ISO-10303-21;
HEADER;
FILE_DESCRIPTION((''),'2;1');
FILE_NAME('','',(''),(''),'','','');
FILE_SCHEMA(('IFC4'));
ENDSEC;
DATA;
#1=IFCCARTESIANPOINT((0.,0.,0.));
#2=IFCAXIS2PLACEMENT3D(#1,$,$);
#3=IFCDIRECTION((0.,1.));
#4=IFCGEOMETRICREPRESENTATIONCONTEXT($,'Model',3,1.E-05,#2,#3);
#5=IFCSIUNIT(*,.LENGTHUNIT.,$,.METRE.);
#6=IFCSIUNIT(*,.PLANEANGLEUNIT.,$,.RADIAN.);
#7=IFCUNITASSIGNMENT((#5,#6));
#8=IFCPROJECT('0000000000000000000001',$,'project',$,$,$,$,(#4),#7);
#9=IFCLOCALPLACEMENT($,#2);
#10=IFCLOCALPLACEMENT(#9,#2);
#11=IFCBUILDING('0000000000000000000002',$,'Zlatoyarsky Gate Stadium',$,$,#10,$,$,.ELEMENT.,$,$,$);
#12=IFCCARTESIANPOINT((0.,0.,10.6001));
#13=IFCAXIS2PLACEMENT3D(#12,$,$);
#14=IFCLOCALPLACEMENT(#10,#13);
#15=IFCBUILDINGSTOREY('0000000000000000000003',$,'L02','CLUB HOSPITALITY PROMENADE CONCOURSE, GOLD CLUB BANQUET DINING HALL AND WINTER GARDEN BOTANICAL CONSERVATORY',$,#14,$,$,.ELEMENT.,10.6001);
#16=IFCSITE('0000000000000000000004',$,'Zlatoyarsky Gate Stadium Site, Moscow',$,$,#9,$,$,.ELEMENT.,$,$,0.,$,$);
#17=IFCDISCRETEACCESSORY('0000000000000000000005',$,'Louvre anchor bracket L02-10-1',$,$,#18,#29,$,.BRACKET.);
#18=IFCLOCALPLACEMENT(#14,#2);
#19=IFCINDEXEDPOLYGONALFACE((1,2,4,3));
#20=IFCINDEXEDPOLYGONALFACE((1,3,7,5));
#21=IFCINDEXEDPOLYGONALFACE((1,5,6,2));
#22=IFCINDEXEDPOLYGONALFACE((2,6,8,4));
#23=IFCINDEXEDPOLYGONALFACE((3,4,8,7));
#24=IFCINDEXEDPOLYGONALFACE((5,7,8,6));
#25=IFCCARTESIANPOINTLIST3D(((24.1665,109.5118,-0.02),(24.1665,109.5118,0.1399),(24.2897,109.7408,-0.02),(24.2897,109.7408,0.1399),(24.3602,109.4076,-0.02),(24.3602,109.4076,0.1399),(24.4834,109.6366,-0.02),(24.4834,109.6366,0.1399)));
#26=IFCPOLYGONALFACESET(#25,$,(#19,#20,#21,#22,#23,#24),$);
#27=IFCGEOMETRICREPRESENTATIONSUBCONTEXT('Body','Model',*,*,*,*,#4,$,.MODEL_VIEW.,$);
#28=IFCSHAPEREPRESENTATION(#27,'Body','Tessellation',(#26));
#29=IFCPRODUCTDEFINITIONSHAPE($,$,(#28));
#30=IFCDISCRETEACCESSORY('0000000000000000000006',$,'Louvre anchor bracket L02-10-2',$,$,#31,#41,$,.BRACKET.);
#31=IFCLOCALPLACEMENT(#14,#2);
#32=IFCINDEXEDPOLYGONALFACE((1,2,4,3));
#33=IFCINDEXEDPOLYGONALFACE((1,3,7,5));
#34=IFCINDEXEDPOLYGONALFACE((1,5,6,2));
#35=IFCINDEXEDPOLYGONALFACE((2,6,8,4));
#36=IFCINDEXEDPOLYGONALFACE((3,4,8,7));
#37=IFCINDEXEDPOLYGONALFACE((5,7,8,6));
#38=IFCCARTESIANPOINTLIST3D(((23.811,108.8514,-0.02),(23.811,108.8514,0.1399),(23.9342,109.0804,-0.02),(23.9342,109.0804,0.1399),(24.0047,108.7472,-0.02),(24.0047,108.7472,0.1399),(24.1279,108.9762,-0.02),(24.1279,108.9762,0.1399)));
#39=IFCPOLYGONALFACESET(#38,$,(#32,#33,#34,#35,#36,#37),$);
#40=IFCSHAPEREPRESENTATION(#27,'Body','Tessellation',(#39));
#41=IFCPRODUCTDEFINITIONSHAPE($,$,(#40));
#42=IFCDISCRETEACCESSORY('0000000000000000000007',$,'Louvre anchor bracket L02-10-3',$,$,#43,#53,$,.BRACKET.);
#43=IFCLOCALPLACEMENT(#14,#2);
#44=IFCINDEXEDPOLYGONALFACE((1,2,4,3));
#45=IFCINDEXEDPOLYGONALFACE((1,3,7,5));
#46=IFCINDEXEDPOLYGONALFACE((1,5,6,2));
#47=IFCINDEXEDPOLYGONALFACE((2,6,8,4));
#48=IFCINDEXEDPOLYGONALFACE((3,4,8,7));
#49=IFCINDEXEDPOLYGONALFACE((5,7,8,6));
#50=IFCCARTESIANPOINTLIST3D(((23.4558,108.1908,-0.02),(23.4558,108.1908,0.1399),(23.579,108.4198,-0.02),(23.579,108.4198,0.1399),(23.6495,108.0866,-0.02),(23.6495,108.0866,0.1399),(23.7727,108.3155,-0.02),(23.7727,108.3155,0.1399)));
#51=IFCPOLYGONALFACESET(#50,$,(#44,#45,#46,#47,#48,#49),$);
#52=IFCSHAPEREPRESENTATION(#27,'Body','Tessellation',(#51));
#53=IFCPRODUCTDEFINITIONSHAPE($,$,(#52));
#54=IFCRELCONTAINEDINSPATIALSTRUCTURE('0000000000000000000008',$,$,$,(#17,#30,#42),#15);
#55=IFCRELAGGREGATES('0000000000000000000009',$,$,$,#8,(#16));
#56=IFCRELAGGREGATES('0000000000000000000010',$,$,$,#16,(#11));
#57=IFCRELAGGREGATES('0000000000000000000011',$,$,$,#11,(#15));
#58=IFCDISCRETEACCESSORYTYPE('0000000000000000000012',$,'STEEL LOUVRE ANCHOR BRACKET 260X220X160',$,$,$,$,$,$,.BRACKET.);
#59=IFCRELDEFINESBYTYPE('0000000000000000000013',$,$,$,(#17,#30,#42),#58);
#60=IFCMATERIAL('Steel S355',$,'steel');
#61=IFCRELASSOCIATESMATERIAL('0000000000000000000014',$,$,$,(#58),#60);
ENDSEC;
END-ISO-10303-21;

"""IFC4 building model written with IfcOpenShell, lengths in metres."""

from ifc_helpers import new_model, si_unit, direction, frame, origin, origin_2d, place, context, subcontext, project, spatial, rectangle, extrude, material, type_object, element, save


model = new_model("IFC4")

# Units and contexts
model_context = context("Model", 3, precision=1e-05, world=origin(), true_north=direction((0.0, 1.0)))
body_context = subcontext(model_context, "Body", "Model", "MODEL_VIEW")
ifc_project = project(units=[si_unit("LENGTHUNIT", "METRE"), si_unit("PLANEANGLEUNIT", "RADIAN")], contexts=[model_context])

# Site, building, storey
site_placement = place(None, origin())
site = spatial("IfcSite", under=ifc_project, at=site_placement, Name="Zlatoyarsky Gate Stadium Site, Moscow", CompositionType="ELEMENT", RefElevation=0.0)
building_placement = place(site_placement, origin())
building = spatial("IfcBuilding", under=site, at=building_placement, Name="Zlatoyarsky Gate Stadium", CompositionType="ELEMENT")
storey_placement = place(building_placement, frame((0.0, 0.0, 10.6001)))
storey = spatial("IfcBuildingStorey", under=building, at=storey_placement, Name="L02", Description="CLUB HOSPITALITY PROMENADE CONCOURSE, GOLD CLUB BANQUET DINING HALL AND WINTER GARDEN BOTANICAL CONSERVATORY", CompositionType="ELEMENT", Elevation=10.6001)

# Shared definitions
ifc_material_1 = material(Name="Steel S355", Category="steel")

# Discrete accessories
discrete_accessory_type = type_object("IfcDiscreteAccessoryType", Name="STEEL LOUVRE ANCHOR BRACKET 260X220X160", PredefinedType="BRACKET", material=ifc_material_1)
for number, where, z_axis, x_axis, name in (
    (1, (24.325, 109.5742, -0.02), (0.0, 0.0, 1.0), (-0.473806, -0.880629, 0.0), "Louvre anchor bracket L02-10-1"),
    (2, (23.9695, 108.9138, -0.02), (0.0, 0.0, 1.0), (-0.473806, -0.880629, 0.0), "Louvre anchor bracket L02-10-2"),
    (3, (23.6143, 108.2532, -0.02), (0.0, 0.0, 1.0), (-0.473806, -0.880629, 0.0), "Louvre anchor bracket L02-10-3"),
):
    element("IfcDiscreteAccessory", number, at=place(storey_placement, frame(where, z_axis=z_axis, x_axis=x_axis)), inside=storey, type_object=discrete_accessory_type, Name=name, PredefinedType="BRACKET", context=body_context, shape_type="SweptSolid", body=[
        extrude(rectangle(XDim=0.26, YDim=0.22, at=origin_2d()), origin(), (0.0, 0.0, 1.0), 0.1599),
    ])

save(model, "model.ifc")
